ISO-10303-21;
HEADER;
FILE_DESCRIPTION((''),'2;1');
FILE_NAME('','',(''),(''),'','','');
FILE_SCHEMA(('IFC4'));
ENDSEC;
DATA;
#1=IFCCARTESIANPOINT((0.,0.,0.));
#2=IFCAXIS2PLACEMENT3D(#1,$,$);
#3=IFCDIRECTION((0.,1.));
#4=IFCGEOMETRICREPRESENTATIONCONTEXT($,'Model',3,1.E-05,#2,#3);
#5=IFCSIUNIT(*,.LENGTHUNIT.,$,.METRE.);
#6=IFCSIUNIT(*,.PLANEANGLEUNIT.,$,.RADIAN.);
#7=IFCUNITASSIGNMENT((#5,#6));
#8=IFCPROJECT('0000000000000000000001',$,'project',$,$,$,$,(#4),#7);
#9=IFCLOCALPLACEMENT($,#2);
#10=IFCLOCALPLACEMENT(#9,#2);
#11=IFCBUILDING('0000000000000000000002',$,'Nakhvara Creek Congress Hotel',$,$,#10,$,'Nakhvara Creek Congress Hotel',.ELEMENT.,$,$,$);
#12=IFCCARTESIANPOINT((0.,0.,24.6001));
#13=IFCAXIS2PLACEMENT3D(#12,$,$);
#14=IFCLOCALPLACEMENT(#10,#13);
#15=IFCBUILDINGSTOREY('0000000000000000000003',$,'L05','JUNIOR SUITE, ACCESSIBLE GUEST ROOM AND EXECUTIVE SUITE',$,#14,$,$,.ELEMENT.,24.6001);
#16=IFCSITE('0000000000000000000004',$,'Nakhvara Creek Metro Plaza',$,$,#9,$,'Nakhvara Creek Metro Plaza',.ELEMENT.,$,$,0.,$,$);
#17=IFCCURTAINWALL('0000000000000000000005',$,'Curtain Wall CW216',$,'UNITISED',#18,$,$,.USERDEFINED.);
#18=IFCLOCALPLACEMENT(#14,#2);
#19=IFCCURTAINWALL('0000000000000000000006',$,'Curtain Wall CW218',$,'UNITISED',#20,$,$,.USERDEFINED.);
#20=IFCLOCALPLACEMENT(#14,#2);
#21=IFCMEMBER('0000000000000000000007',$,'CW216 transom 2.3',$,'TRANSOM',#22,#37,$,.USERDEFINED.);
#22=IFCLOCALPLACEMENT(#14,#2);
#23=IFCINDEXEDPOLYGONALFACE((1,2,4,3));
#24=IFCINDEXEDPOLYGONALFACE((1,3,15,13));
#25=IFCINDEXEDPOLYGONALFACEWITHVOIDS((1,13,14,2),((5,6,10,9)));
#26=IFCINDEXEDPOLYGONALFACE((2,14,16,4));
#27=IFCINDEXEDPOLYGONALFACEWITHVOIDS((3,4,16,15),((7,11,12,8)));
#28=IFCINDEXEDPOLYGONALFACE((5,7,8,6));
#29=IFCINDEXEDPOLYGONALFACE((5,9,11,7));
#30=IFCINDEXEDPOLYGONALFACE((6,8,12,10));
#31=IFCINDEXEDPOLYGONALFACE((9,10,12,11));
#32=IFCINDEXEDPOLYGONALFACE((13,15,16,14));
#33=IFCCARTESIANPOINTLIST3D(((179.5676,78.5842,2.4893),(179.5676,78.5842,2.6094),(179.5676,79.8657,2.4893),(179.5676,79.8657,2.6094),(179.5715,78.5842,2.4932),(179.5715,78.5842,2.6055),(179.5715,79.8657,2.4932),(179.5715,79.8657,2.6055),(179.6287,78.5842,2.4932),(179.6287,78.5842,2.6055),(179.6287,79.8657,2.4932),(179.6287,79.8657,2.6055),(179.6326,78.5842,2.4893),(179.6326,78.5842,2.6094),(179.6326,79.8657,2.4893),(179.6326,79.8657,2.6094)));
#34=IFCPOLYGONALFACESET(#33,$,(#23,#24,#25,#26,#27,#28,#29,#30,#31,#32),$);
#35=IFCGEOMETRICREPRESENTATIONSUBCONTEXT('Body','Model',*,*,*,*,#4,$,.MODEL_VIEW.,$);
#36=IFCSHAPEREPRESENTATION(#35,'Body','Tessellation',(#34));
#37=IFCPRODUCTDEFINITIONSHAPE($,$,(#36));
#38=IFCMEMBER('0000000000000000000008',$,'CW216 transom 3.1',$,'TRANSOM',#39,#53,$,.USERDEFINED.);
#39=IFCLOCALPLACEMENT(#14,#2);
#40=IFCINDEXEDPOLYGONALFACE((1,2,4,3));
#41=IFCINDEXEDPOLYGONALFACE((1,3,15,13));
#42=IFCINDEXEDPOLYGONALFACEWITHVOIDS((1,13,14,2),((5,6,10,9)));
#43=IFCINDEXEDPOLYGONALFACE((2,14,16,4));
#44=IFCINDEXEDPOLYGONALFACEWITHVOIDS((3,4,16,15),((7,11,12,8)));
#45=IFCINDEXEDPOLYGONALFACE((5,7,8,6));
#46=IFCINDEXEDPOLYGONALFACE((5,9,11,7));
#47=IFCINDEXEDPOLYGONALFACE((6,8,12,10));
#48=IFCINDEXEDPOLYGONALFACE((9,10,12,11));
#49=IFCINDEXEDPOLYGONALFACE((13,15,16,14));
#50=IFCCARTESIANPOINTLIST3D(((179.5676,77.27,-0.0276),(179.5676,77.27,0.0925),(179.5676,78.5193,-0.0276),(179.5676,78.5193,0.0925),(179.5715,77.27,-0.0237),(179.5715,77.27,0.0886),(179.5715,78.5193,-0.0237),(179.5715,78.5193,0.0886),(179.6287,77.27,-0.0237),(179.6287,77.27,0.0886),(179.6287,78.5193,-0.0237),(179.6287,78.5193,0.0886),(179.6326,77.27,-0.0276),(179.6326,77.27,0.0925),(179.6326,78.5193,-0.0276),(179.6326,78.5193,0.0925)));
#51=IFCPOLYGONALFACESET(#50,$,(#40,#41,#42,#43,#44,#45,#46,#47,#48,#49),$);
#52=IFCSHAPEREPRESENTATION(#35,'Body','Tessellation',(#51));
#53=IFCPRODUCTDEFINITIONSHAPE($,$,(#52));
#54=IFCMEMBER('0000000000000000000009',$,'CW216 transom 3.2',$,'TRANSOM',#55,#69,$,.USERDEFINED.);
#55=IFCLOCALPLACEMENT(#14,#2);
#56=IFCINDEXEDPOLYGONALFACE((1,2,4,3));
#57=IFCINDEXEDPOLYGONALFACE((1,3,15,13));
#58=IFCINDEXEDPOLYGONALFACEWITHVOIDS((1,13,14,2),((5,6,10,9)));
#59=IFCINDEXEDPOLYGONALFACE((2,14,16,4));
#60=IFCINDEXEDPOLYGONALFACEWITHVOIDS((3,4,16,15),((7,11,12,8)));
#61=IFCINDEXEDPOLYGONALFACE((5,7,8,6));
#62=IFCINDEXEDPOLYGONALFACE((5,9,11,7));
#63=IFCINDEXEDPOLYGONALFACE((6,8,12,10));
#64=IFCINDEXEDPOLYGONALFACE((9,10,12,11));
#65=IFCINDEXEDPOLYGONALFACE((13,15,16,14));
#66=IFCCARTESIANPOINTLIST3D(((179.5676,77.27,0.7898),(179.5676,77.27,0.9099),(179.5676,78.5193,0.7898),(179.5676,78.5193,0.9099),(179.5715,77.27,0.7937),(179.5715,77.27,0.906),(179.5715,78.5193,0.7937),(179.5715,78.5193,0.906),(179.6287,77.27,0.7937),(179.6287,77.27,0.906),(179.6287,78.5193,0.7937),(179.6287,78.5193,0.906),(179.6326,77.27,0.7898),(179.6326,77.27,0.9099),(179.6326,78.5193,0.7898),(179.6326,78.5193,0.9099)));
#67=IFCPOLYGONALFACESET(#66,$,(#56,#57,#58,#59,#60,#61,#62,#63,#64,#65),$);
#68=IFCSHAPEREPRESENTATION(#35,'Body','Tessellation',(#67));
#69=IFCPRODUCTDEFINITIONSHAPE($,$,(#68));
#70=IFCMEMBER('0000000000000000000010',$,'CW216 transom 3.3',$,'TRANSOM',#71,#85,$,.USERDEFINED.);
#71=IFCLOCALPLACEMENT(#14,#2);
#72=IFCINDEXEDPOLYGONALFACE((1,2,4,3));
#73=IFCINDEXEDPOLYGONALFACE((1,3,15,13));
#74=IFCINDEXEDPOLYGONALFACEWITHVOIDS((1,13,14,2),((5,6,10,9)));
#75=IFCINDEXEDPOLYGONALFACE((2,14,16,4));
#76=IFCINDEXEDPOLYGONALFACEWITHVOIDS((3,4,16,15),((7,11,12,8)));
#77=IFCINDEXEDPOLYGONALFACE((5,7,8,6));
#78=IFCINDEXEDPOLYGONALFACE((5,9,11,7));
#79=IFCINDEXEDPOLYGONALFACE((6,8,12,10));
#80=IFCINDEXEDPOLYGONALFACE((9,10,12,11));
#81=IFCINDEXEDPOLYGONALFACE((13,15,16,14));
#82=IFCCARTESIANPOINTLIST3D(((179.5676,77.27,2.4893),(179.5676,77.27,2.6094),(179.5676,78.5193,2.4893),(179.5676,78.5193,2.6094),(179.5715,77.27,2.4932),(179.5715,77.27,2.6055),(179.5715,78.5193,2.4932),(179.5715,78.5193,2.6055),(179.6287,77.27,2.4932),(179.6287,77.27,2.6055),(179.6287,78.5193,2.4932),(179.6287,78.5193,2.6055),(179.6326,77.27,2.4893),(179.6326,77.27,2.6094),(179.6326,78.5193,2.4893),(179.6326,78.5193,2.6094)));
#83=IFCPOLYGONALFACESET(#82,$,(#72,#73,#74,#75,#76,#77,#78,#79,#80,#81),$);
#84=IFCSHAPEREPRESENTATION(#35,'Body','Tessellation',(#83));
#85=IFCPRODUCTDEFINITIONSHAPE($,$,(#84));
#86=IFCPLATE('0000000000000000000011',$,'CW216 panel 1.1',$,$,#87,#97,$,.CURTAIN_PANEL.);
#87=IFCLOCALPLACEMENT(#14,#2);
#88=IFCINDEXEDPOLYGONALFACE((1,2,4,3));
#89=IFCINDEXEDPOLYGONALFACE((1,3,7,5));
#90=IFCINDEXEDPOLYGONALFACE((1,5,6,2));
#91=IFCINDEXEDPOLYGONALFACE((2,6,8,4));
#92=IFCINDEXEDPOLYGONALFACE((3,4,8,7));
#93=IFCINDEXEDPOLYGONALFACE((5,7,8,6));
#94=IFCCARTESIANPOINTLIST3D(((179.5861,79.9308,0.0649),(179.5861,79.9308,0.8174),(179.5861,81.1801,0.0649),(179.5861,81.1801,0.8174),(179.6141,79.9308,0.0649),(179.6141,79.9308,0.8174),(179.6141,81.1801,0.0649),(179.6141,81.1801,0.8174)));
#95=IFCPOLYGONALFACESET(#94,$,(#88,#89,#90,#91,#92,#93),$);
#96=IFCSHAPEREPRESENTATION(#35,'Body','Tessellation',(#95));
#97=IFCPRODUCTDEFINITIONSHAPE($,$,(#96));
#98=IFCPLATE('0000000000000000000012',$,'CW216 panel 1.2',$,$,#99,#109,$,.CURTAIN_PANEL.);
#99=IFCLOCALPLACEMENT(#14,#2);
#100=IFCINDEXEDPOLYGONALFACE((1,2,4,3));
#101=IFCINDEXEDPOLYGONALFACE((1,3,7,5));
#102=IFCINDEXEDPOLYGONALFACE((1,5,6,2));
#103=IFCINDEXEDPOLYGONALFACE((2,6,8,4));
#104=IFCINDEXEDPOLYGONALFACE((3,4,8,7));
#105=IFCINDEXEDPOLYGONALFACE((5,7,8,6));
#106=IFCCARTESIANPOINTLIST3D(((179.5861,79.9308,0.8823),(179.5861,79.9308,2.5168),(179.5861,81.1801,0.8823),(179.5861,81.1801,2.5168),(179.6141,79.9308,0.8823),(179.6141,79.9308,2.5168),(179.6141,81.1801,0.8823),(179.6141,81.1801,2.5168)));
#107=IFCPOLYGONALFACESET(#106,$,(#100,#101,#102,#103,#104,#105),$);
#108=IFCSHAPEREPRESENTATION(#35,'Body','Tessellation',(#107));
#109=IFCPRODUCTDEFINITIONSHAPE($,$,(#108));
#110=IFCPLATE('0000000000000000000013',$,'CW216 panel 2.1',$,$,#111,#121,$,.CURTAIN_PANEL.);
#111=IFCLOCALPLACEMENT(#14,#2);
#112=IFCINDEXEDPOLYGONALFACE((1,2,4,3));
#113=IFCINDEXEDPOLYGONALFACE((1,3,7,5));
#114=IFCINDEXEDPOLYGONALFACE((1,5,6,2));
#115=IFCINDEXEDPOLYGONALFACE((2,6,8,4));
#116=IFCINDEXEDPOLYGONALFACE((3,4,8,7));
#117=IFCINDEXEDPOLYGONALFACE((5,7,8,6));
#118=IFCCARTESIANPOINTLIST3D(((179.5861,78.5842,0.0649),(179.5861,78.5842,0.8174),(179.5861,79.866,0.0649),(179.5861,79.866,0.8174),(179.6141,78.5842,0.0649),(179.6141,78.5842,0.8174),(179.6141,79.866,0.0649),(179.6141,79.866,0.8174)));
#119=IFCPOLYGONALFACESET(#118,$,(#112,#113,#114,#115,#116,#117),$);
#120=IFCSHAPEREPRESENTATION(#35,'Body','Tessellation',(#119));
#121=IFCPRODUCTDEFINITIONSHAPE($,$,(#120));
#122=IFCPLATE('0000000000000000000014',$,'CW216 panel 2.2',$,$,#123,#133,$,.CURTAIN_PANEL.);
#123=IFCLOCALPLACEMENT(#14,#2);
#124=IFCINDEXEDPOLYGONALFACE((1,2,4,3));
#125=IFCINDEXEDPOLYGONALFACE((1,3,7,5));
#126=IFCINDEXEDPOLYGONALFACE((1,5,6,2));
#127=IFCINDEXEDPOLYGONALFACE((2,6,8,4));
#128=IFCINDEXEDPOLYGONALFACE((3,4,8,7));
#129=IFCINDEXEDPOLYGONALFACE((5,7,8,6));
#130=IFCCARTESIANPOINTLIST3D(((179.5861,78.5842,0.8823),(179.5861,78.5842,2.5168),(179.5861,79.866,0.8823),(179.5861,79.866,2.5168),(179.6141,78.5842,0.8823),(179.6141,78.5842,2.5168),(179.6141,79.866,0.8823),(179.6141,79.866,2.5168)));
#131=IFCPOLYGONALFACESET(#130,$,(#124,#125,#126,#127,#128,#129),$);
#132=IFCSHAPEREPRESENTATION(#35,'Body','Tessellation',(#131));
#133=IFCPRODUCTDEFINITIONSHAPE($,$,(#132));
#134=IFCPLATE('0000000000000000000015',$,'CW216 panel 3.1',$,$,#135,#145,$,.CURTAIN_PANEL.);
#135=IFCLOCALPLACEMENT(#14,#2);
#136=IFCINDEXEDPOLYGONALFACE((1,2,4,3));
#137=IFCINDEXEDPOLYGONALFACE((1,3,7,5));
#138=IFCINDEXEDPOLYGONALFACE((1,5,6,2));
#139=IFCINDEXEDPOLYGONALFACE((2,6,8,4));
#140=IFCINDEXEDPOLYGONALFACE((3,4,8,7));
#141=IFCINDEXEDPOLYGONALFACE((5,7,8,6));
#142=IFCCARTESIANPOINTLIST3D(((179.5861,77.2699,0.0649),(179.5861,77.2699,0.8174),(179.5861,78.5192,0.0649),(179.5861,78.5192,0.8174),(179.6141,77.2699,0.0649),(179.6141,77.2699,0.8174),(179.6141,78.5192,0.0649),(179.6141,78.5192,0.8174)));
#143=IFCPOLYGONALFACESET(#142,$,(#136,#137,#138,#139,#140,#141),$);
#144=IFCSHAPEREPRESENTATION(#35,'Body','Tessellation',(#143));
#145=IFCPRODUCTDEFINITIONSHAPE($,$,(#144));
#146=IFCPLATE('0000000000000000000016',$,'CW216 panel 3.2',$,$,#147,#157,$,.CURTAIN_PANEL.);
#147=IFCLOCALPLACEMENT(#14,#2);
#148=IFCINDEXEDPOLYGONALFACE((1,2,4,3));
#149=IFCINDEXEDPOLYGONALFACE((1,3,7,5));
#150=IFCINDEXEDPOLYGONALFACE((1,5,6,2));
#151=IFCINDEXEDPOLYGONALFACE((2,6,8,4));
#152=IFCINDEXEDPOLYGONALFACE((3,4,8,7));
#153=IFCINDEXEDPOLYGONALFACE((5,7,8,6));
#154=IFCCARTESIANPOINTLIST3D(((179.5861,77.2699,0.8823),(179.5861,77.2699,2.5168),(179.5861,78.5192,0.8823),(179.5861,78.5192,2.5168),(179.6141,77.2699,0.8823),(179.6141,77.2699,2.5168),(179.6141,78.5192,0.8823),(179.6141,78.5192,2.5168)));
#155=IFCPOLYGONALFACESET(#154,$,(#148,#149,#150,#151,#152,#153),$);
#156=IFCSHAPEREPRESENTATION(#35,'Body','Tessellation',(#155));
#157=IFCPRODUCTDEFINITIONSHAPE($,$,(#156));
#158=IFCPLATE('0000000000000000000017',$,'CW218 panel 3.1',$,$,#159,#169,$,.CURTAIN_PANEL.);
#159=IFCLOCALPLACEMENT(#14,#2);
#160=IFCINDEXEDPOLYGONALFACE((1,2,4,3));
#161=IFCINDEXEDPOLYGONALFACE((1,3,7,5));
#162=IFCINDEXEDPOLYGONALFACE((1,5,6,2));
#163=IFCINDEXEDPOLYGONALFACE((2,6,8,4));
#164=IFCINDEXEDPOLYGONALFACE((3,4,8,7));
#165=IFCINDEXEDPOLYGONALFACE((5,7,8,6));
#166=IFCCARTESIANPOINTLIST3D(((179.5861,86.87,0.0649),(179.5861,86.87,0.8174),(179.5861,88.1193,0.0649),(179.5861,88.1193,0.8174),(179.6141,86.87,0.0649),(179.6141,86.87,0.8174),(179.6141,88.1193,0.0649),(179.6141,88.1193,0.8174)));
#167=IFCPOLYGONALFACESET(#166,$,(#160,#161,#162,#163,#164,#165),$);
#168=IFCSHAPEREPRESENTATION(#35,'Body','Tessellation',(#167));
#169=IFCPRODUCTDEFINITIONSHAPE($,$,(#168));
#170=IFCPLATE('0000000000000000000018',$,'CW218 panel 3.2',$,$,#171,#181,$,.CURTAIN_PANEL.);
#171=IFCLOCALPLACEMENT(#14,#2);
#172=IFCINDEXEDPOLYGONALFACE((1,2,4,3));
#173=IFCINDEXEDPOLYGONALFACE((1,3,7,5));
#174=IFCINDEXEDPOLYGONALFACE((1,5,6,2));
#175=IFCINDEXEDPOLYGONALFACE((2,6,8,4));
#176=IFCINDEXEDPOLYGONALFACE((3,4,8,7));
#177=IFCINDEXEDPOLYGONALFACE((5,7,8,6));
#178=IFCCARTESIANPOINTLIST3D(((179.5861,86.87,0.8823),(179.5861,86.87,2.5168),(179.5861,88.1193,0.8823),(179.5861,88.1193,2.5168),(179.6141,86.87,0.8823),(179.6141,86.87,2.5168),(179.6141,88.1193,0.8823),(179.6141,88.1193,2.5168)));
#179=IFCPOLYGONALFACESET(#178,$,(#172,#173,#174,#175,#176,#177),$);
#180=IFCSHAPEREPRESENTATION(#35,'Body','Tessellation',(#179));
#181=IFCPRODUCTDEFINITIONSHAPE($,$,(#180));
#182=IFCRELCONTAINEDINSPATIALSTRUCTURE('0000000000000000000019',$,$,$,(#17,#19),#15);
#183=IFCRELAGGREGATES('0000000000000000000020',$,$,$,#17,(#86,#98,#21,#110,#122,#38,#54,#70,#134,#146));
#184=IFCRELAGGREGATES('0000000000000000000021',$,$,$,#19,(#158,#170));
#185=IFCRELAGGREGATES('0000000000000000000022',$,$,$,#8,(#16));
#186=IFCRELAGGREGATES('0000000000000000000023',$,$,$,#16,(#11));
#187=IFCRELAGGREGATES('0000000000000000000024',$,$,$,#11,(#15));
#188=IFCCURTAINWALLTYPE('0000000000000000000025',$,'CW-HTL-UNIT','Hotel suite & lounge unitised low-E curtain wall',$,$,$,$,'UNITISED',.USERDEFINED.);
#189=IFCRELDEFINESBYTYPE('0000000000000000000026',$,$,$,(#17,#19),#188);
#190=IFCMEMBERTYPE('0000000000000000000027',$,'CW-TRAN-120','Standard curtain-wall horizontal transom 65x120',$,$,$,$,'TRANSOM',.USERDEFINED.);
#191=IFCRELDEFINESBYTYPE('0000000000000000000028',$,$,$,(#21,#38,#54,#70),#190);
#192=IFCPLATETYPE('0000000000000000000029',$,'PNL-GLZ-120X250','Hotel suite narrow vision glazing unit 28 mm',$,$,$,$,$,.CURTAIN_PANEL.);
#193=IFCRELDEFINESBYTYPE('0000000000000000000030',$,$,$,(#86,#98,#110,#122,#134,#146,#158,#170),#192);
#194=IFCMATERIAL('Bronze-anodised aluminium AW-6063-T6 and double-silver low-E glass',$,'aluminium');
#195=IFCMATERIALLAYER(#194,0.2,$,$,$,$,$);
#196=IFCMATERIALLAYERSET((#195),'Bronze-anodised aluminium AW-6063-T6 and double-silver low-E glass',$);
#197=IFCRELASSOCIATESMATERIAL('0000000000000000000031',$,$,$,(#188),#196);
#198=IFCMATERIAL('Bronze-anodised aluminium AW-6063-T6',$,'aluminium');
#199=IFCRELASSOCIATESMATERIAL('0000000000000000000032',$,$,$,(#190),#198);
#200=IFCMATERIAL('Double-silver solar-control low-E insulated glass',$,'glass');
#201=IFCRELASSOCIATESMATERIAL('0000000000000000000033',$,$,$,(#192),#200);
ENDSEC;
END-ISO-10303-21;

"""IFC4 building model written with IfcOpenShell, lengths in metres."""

from ifc_helpers import new_model, si_unit, direction, frame, origin, origin_2d, place, context, subcontext, project, spatial, rectangle, hollow_rectangle, extrude, material, layer, layer_set, material_profile, profile_set, type_object, element, aggregate, save


model = new_model("IFC4")

# Units and contexts
model_context = context("Model", 3, precision=1e-05, world=origin(), true_north=direction((0.0, 1.0)))
body_context = subcontext(model_context, "Body", "Model", "MODEL_VIEW")
ifc_project = project(units=[si_unit("LENGTHUNIT", "METRE"), si_unit("PLANEANGLEUNIT", "RADIAN")], contexts=[model_context])

# Site, building, storey
site_placement = place(None, origin())
site = spatial("IfcSite", under=ifc_project, at=site_placement, Name="Nakhvara Creek Metro Plaza", LongName="Nakhvara Creek Metro Plaza", CompositionType="ELEMENT", RefElevation=0.0)
building_placement = place(site_placement, origin())
building = spatial("IfcBuilding", under=site, at=building_placement, Name="Nakhvara Creek Congress Hotel", LongName="Nakhvara Creek Congress Hotel", CompositionType="ELEMENT")
storey_placement = place(building_placement, frame((0.0, 0.0, 24.6001)))
storey = spatial("IfcBuildingStorey", under=building, at=storey_placement, Name="L05", Description="JUNIOR SUITE, ACCESSIBLE GUEST ROOM AND EXECUTIVE SUITE", CompositionType="ELEMENT", Elevation=24.6001)

# Curtain wall
ifc_material_1 = material(Name="Bronze-anodised aluminium AW-6063-T6 and double-silver low-E glass", Category="aluminium")
ifc_layer_1 = layer(ifc_material_1, 0.2)
ifc_layer_set_1 = layer_set([ifc_layer_1], Name="Bronze-anodised aluminium AW-6063-T6 and double-silver low-E glass")
curtain_wall_type = type_object("IfcCurtainWallType", Name="CW-HTL-UNIT", Description="Hotel suite & lounge unitised low-E curtain wall", ElementType="UNITISED", PredefinedType="USERDEFINED", material=ifc_layer_set_1)
curtain_wall_1_placement = place(storey_placement, origin())
curtain_wall_1 = element("IfcCurtainWall", 1, at=curtain_wall_1_placement, inside=storey, type_object=curtain_wall_type, Name="Curtain Wall CW216", ObjectType="UNITISED", PredefinedType="USERDEFINED")
ifc_material_2 = material(Name="Bronze-anodised aluminium AW-6063-T6", Category="aluminium")

# Curtain wall
curtain_wall_2_placement = place(storey_placement, origin())
curtain_wall_2 = element("IfcCurtainWall", 2, at=curtain_wall_2_placement, inside=storey, type_object=curtain_wall_type, Name="Curtain Wall CW218", ObjectType="UNITISED", PredefinedType="USERDEFINED")

# Members
ifc_material_profile_1 = material_profile(ifc_material_2, hollow_rectangle(XDim=0.0649, YDim=0.1201, WallThickness=0.0039, at=origin_2d()), Name="ALU-TRAN 65x120x4", Category="LoadBearing")
ifc_profile_set_1 = profile_set([ifc_material_profile_1], Name="Bronze-anodised aluminium AW-6063-T6")
member_type_1 = type_object("IfcMemberType", Name="CW-TRAN-120", Description="Standard curtain-wall horizontal transom 65x120", ElementType="TRANSOM", PredefinedType="USERDEFINED", material=ifc_profile_set_1)
member_1_placement = place(storey_placement, frame((179.6001, 79.8657, 2.5493), z_axis=(0.0, -1.0, 0.0), x_axis=(1.0, 0.0, 0.0)))
member_1 = element("IfcMember", 3, at=member_1_placement, type_object=member_type_1, Name="CW216 transom 2.3", ObjectType="TRANSOM", PredefinedType="USERDEFINED", context=body_context, shape_type="SweptSolid", body=[
    extrude(hollow_rectangle(XDim=0.0649, YDim=0.1201, WallThickness=0.0039, at=origin_2d()), origin(), (0.0, 0.0, 1.0), 1.2815),
])
member_2_placement = place(storey_placement, frame((179.6001, 78.5193, 0.0325), z_axis=(0.0, -1.0, 0.0), x_axis=(1.0, 0.0, 0.0)))
member_2 = element("IfcMember", 4, at=member_2_placement, type_object=member_type_1, Name="CW216 transom 3.1", ObjectType="TRANSOM", PredefinedType="USERDEFINED", context=body_context, shape_type="SweptSolid", body=[
    extrude(hollow_rectangle(XDim=0.0649, YDim=0.1201, WallThickness=0.0039, at=origin_2d()), origin(), (0.0, 0.0, 1.0), 1.2493),
])
member_3_placement = place(storey_placement, frame((179.6001, 78.5193, 0.8499), z_axis=(0.0, -1.0, 0.0), x_axis=(1.0, 0.0, 0.0)))
member_3 = element("IfcMember", 5, at=member_3_placement, type_object=member_type_1, Name="CW216 transom 3.2", ObjectType="TRANSOM", PredefinedType="USERDEFINED", context=body_context, shape_type="SweptSolid", body=[
    extrude(hollow_rectangle(XDim=0.0649, YDim=0.1201, WallThickness=0.0039, at=origin_2d()), origin(), (0.0, 0.0, 1.0), 1.2493),
])
member_4_placement = place(storey_placement, frame((179.6001, 78.5193, 2.5493), z_axis=(0.0, -1.0, 0.0), x_axis=(1.0, 0.0, 0.0)))
member_4 = element("IfcMember", 6, at=member_4_placement, type_object=member_type_1, Name="CW216 transom 3.3", ObjectType="TRANSOM", PredefinedType="USERDEFINED", context=body_context, shape_type="SweptSolid", body=[
    extrude(hollow_rectangle(XDim=0.0649, YDim=0.1201, WallThickness=0.0039, at=origin_2d()), origin(), (0.0, 0.0, 1.0), 1.2493),
])

# Plates
ifc_material_3 = material(Name="Double-silver solar-control low-E insulated glass", Category="glass")
plate_type = type_object("IfcPlateType", Name="PNL-GLZ-120X250", Description="Hotel suite narrow vision glazing unit 28 mm", PredefinedType="CURTAIN_PANEL", material=ifc_material_3)
plate_1_placement = place(storey_placement, frame((179.6001, 80.5554, 0.0649), z_axis=(0.0, 0.0, 1.0), x_axis=(0.0, -1.0, 0.0)))
plate_1 = element("IfcPlate", 7, at=plate_1_placement, type_object=plate_type, Name="CW216 panel 1.1", PredefinedType="CURTAIN_PANEL", context=body_context, shape_type="SweptSolid", body=[
    extrude(rectangle(XDim=1.2493, YDim=0.0281, at=origin_2d()), origin(), (0.0, 0.0, 1.0), 0.7524),
])
plate_2_placement = place(storey_placement, frame((179.6001, 80.5554, 0.8823), z_axis=(0.0, 0.0, 1.0), x_axis=(0.0, -1.0, 0.0)))
plate_2 = element("IfcPlate", 8, at=plate_2_placement, type_object=plate_type, Name="CW216 panel 1.2", PredefinedType="CURTAIN_PANEL", context=body_context, shape_type="SweptSolid", body=[
    extrude(rectangle(XDim=1.2493, YDim=0.0281, at=origin_2d()), origin(), (0.0, 0.0, 1.0), 1.6345),
])
plate_3_placement = place(storey_placement, frame((179.6001, 79.2251, 0.0649), z_axis=(0.0, 0.0, 1.0), x_axis=(0.0, -1.0, 0.0)))
plate_3 = element("IfcPlate", 9, at=plate_3_placement, type_object=plate_type, Name="CW216 panel 2.1", PredefinedType="CURTAIN_PANEL", context=body_context, shape_type="SweptSolid", body=[
    extrude(rectangle(XDim=1.2817, YDim=0.0281, at=origin_2d()), origin(), (0.0, 0.0, 1.0), 0.7524),
])
plate_4_placement = place(storey_placement, frame((179.6001, 79.2251, 0.8823), z_axis=(0.0, 0.0, 1.0), x_axis=(0.0, -1.0, 0.0)))
plate_4 = element("IfcPlate", 10, at=plate_4_placement, type_object=plate_type, Name="CW216 panel 2.2", PredefinedType="CURTAIN_PANEL", context=body_context, shape_type="SweptSolid", body=[
    extrude(rectangle(XDim=1.2817, YDim=0.0281, at=origin_2d()), origin(), (0.0, 0.0, 1.0), 1.6345),
])
plate_5_placement = place(storey_placement, frame((179.6001, 77.8945, 0.0649), z_axis=(0.0, 0.0, 1.0), x_axis=(0.0, -1.0, 0.0)))
plate_5 = element("IfcPlate", 11, at=plate_5_placement, type_object=plate_type, Name="CW216 panel 3.1", PredefinedType="CURTAIN_PANEL", context=body_context, shape_type="SweptSolid", body=[
    extrude(rectangle(XDim=1.2493, YDim=0.0281, at=origin_2d()), origin(), (0.0, 0.0, 1.0), 0.7524),
])
plate_6_placement = place(storey_placement, frame((179.6001, 77.8945, 0.8823), z_axis=(0.0, 0.0, 1.0), x_axis=(0.0, -1.0, 0.0)))
plate_6 = element("IfcPlate", 12, at=plate_6_placement, type_object=plate_type, Name="CW216 panel 3.2", PredefinedType="CURTAIN_PANEL", context=body_context, shape_type="SweptSolid", body=[
    extrude(rectangle(XDim=1.2493, YDim=0.0281, at=origin_2d()), origin(), (0.0, 0.0, 1.0), 1.6345),
])
aggregate(curtain_wall_1, [plate_1, plate_2, member_1, plate_3, plate_4, member_2, member_3, member_4, plate_5, plate_6])
plate_7_placement = place(storey_placement, frame((179.6001, 87.4946, 0.0649), z_axis=(0.0, 0.0, 1.0), x_axis=(0.0, -1.0, 0.0)))
plate_7 = element("IfcPlate", 13, at=plate_7_placement, type_object=plate_type, Name="CW218 panel 3.1", PredefinedType="CURTAIN_PANEL", context=body_context, shape_type="SweptSolid", body=[
    extrude(rectangle(XDim=1.2493, YDim=0.0281, at=origin_2d()), origin(), (0.0, 0.0, 1.0), 0.7524),
])
plate_8_placement = place(storey_placement, frame((179.6001, 87.4946, 0.8823), z_axis=(0.0, 0.0, 1.0), x_axis=(0.0, -1.0, 0.0)))
plate_8 = element("IfcPlate", 14, at=plate_8_placement, type_object=plate_type, Name="CW218 panel 3.2", PredefinedType="CURTAIN_PANEL", context=body_context, shape_type="SweptSolid", body=[
    extrude(rectangle(XDim=1.2493, YDim=0.0281, at=origin_2d()), origin(), (0.0, 0.0, 1.0), 1.6345),
])
aggregate(curtain_wall_2, [plate_7, plate_8])

save(model, "model.ifc")
